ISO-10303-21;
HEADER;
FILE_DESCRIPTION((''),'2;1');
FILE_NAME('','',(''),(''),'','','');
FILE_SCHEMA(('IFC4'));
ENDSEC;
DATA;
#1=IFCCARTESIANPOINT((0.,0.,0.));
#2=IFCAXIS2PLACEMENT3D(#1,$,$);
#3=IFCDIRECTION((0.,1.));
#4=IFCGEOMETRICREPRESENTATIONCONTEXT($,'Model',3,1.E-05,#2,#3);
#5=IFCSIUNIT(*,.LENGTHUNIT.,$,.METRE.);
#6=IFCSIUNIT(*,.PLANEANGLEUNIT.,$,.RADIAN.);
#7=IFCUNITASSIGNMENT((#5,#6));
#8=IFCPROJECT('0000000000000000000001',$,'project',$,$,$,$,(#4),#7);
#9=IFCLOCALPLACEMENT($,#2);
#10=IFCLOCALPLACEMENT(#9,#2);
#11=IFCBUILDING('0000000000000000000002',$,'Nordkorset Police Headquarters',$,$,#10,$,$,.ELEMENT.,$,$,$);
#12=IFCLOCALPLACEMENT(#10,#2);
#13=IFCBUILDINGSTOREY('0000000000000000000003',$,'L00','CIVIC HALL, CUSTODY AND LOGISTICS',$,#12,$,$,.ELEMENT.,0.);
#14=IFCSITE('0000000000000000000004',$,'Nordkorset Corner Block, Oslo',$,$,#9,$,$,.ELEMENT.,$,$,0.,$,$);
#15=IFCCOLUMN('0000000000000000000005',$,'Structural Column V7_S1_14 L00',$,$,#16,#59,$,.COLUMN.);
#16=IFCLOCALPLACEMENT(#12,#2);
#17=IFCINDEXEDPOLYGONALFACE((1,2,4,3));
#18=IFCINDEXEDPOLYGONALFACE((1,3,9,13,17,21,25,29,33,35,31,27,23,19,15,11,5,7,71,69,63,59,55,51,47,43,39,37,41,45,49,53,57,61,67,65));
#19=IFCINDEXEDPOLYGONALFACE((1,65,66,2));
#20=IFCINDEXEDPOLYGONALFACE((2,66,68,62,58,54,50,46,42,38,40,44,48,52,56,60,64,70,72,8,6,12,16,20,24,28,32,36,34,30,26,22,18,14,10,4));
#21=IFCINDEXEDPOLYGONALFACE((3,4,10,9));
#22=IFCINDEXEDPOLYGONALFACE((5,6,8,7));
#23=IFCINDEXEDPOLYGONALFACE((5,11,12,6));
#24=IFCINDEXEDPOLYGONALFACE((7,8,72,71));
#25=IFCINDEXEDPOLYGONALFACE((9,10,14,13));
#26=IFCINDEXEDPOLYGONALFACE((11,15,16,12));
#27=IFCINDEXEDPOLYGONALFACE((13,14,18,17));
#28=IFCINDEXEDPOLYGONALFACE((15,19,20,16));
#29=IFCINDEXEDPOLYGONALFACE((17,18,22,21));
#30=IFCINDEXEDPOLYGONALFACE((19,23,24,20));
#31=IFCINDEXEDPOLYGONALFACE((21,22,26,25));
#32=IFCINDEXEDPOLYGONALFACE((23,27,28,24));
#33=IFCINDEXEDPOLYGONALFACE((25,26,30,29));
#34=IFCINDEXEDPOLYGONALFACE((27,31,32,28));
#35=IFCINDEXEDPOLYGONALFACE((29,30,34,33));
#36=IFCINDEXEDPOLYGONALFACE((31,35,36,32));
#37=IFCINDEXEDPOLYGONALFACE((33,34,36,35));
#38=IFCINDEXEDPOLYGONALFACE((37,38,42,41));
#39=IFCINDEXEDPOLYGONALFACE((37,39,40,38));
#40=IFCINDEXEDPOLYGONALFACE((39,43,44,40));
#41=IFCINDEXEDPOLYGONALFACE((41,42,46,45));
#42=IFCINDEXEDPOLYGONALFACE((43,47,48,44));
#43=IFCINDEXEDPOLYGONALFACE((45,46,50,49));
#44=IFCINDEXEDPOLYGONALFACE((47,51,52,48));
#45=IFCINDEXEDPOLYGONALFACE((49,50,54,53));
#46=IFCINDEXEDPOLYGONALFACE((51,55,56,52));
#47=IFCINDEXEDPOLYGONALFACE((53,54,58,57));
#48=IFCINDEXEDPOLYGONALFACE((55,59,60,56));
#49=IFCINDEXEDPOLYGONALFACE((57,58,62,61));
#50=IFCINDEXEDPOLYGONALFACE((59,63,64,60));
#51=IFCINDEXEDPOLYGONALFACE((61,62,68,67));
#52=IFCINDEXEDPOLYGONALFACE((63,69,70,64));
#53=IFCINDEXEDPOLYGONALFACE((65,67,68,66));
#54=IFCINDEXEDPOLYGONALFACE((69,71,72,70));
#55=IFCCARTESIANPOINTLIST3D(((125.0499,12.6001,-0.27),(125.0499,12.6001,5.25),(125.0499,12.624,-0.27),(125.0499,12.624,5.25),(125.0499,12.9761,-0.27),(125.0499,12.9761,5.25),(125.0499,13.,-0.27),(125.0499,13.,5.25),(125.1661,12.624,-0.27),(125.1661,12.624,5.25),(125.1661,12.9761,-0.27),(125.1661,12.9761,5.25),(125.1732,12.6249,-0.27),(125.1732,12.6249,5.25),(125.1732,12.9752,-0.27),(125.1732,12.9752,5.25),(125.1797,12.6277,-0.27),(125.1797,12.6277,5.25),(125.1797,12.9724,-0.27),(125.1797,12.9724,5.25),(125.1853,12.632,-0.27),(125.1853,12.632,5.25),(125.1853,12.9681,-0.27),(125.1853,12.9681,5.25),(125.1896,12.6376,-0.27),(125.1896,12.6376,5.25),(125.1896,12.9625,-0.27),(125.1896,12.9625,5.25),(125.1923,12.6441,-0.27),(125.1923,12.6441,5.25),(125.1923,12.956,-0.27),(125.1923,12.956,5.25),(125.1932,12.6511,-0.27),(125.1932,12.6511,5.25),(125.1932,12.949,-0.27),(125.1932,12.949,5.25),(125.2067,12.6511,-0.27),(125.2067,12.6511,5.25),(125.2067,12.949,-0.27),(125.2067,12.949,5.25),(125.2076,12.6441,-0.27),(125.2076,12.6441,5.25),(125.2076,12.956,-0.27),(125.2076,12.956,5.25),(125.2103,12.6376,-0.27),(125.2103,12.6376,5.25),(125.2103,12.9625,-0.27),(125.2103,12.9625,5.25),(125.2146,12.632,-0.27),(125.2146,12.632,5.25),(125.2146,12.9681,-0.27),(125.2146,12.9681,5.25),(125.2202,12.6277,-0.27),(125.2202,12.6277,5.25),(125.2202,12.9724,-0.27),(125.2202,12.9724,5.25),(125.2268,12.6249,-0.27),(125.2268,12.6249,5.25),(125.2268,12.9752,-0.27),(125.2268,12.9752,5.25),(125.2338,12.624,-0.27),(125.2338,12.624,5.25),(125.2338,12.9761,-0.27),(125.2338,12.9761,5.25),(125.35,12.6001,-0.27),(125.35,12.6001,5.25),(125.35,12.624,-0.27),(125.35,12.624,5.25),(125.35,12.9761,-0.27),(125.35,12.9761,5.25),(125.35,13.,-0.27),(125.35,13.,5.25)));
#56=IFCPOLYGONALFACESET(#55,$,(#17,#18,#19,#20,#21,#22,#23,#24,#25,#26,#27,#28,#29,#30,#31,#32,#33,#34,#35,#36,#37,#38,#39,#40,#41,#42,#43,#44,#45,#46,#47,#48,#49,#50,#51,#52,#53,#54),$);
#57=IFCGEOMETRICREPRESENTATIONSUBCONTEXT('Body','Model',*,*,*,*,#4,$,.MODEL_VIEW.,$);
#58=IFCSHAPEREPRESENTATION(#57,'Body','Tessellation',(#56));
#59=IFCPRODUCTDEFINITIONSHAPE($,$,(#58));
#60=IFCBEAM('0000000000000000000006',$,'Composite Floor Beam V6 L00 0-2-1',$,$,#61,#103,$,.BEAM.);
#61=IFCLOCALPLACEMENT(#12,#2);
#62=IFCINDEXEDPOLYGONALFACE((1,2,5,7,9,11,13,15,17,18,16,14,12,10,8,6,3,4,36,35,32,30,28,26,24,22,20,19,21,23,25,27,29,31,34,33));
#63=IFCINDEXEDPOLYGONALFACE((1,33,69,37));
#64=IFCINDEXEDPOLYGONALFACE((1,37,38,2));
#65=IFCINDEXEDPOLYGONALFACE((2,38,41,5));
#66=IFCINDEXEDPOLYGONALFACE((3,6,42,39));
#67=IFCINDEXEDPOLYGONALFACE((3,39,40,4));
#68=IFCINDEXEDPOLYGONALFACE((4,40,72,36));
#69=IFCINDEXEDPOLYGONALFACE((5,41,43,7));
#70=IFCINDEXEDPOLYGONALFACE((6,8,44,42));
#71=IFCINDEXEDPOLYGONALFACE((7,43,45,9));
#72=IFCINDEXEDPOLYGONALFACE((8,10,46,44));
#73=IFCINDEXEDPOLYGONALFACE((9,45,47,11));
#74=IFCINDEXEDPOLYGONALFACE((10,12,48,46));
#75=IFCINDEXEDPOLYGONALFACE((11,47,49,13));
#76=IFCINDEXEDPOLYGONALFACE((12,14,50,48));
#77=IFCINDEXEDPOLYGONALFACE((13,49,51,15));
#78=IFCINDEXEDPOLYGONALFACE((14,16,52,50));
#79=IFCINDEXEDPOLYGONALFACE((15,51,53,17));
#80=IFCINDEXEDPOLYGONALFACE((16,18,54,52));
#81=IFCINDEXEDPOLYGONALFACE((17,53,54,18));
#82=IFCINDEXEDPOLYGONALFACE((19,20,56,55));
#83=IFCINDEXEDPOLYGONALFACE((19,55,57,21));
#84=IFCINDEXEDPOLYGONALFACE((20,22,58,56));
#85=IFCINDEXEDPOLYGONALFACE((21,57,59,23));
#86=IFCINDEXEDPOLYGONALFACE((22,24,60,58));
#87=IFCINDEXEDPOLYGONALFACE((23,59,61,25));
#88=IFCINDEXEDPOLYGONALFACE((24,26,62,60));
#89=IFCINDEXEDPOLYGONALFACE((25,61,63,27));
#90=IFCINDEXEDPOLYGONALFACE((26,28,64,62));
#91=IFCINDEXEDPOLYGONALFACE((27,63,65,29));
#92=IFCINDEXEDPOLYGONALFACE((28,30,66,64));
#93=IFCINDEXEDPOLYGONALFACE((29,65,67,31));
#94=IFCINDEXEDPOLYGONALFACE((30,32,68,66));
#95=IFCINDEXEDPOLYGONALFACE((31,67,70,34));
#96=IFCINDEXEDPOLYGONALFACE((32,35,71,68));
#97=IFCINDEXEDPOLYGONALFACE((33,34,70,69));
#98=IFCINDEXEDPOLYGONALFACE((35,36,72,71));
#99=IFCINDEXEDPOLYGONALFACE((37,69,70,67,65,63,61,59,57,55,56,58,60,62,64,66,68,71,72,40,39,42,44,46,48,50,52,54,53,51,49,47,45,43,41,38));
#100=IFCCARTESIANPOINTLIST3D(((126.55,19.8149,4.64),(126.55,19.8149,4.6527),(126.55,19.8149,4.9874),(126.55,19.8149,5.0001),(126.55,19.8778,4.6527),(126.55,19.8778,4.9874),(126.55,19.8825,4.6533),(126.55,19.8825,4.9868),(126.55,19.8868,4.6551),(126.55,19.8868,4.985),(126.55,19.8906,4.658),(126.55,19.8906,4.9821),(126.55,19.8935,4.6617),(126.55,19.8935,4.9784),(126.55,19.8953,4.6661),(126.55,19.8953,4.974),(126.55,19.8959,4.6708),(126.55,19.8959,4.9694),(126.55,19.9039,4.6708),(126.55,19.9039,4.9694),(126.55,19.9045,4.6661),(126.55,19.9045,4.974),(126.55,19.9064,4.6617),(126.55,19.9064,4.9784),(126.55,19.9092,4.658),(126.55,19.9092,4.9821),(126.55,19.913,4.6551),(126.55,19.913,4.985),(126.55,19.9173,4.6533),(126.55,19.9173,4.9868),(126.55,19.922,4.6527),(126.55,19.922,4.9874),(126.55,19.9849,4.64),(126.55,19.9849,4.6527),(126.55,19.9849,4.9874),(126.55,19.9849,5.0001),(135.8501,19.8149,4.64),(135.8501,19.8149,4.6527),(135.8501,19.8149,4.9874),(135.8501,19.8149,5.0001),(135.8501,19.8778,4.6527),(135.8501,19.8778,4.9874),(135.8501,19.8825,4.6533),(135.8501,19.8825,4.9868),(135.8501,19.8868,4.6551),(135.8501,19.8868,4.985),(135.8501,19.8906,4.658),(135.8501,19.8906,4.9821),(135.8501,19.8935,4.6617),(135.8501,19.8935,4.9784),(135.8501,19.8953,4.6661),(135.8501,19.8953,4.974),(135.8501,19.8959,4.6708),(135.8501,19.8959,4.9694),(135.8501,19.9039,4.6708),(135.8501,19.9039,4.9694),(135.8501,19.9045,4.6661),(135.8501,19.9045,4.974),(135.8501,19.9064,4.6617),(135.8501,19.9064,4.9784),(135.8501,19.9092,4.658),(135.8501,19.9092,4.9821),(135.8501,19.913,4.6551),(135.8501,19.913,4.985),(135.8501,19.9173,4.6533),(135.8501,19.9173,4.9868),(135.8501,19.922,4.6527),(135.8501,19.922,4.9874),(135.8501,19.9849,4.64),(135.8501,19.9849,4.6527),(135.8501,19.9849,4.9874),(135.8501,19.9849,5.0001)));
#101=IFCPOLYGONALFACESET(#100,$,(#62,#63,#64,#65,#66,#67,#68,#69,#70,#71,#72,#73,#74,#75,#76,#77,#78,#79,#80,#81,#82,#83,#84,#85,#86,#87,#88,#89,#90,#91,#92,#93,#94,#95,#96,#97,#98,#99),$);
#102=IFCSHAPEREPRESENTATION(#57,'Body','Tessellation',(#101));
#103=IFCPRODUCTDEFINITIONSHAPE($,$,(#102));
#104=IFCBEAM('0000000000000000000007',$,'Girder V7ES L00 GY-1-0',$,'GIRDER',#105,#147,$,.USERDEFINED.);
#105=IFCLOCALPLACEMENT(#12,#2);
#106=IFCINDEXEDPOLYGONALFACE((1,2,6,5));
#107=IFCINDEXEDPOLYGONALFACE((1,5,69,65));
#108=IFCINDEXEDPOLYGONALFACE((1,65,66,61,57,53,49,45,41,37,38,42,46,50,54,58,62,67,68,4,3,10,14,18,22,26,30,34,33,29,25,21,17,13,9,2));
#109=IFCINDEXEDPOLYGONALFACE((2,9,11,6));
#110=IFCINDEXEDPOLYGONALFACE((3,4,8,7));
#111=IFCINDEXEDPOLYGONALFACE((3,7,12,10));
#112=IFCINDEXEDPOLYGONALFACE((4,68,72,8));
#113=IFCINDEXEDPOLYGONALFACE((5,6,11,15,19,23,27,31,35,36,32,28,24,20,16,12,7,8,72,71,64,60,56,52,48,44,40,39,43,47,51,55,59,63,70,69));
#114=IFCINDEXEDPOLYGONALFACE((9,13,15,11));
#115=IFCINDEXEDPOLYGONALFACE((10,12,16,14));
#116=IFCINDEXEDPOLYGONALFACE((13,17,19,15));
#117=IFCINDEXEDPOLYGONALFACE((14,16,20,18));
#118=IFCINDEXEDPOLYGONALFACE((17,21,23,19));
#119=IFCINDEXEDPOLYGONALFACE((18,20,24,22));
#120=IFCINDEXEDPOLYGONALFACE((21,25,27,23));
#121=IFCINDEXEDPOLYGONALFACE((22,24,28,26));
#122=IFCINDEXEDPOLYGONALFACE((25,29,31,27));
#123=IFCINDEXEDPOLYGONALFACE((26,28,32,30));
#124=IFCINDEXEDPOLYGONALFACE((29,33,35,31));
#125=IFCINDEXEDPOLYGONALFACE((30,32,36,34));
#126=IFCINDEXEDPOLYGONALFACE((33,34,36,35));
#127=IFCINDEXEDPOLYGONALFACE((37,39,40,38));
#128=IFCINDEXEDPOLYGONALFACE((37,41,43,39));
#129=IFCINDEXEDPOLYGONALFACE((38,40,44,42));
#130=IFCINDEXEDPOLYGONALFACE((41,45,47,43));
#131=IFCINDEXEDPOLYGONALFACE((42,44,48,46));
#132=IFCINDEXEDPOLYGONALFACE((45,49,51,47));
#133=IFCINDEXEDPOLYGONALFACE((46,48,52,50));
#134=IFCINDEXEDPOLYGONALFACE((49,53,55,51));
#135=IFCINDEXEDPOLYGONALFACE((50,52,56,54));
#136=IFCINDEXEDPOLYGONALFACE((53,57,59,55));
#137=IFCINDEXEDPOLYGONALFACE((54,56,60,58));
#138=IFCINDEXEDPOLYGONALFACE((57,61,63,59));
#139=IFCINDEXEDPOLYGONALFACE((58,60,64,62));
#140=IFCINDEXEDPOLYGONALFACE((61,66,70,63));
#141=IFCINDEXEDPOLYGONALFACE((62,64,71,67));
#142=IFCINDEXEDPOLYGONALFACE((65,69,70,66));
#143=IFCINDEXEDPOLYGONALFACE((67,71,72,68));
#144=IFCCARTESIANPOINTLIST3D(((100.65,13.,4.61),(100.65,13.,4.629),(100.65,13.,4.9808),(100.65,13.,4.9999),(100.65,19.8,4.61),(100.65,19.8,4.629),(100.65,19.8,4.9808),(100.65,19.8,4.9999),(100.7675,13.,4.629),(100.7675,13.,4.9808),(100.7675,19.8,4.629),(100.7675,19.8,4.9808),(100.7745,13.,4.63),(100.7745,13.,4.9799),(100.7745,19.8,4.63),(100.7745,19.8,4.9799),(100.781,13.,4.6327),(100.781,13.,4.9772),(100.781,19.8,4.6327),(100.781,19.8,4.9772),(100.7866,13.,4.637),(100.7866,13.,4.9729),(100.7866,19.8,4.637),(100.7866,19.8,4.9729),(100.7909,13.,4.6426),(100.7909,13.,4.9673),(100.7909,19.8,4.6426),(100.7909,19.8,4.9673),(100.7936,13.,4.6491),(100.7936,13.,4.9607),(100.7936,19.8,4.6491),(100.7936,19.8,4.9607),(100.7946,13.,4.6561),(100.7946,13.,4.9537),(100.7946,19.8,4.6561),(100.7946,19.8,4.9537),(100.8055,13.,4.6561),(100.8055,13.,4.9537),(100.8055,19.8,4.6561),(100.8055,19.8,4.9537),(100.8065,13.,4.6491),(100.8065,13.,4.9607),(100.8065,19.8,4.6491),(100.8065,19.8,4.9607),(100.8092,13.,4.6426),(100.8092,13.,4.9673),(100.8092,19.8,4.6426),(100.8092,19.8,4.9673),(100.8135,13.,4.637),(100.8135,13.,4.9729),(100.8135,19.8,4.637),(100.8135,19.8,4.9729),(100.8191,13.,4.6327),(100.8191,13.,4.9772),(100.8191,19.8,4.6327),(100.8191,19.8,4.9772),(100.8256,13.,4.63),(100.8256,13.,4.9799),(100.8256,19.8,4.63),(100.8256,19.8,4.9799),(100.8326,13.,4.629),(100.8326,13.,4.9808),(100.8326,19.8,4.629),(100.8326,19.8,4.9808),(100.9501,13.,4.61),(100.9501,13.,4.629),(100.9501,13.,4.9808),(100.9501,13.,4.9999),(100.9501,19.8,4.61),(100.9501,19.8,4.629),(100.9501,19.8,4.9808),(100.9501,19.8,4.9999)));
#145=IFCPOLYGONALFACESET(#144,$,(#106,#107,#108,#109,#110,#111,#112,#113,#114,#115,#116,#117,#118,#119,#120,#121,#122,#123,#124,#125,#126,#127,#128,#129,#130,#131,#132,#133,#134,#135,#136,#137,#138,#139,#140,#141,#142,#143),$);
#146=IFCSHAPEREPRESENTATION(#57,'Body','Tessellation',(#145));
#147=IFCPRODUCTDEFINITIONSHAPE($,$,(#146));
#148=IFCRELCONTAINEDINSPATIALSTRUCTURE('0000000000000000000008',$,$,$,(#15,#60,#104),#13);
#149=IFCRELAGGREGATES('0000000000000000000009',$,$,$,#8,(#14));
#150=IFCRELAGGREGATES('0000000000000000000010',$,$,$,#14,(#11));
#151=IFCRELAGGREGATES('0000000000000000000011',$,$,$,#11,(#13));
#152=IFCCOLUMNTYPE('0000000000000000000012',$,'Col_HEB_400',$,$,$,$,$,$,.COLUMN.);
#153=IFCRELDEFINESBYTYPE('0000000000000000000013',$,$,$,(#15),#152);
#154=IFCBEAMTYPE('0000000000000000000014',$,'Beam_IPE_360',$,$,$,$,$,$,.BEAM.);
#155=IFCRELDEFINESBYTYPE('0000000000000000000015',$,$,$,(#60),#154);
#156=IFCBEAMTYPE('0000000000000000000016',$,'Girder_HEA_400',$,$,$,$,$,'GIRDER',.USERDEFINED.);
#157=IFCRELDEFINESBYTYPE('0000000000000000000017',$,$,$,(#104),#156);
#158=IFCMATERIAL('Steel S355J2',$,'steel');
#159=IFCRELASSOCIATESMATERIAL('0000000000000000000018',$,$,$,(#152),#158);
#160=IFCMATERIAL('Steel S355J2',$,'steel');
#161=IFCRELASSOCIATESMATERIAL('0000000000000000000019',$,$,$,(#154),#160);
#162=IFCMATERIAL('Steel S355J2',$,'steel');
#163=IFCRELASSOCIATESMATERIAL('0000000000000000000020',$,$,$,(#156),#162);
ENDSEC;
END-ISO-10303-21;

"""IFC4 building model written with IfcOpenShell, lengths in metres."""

from ifc_helpers import new_model, si_unit, direction, frame, origin, origin_2d, place, context, subcontext, project, spatial, i_section, extrude, material, material_profile, profile_set, type_object, element, save


model = new_model("IFC4")

# Units and contexts
model_context = context("Model", 3, precision=1e-05, world=origin(), true_north=direction((0.0, 1.0)))
body_context = subcontext(model_context, "Body", "Model", "MODEL_VIEW")
ifc_project = project(units=[si_unit("LENGTHUNIT", "METRE"), si_unit("PLANEANGLEUNIT", "RADIAN")], contexts=[model_context])

# Site, building, storey
site_placement = place(None, origin())
site = spatial("IfcSite", under=ifc_project, at=site_placement, Name="Nordkorset Corner Block, Oslo", CompositionType="ELEMENT", RefElevation=0.0)
building_placement = place(site_placement, origin())
building = spatial("IfcBuilding", under=site, at=building_placement, Name="Nordkorset Police Headquarters", CompositionType="ELEMENT")
storey_placement = place(building_placement, origin())
storey = spatial("IfcBuildingStorey", under=building, at=storey_placement, Name="L00", Description="CIVIC HALL, CUSTODY AND LOGISTICS", CompositionType="ELEMENT", Elevation=0.0)

# Column
ifc_material_1 = material(Name="Steel S355J2", Category="steel")
ifc_material_profile_1 = material_profile(ifc_material_1, i_section(OverallWidth=0.3, OverallDepth=0.3999, WebThickness=0.0134, FlangeThickness=0.0239, FilletRadius=0.0271, at=origin_2d()), Name="HEB 400")
ifc_profile_set_1 = profile_set([ifc_material_profile_1], Name="Steel S355J2")
column_type = type_object("IfcColumnType", Name="Col_HEB_400", PredefinedType="COLUMN", material=ifc_profile_set_1)
for number, where, z_axis, x_axis, name in (
    (1, (125.2, 12.8, -0.27), (0.0, 0.0, 1.0), (1.0, 0.0, 0.0), "Structural Column V7_S1_14 L00"),
):
    element("IfcColumn", number, at=place(storey_placement, frame(where, z_axis=z_axis, x_axis=x_axis)), inside=storey, type_object=column_type, Name=name, PredefinedType="COLUMN", context=body_context, shape_type="SweptSolid", body=[
        extrude(i_section(OverallWidth=0.3, OverallDepth=0.3999, WebThickness=0.0134, FlangeThickness=0.0239, FilletRadius=0.0271, at=origin_2d()), origin(), (0.0, 0.0, 1.0), 5.52),
    ])

# Beams
ifc_material_2 = material(Name="Steel S355J2", Category="steel")
ifc_material_profile_2 = material_profile(ifc_material_2, i_section(OverallWidth=0.1699, OverallDepth=0.3601, WebThickness=0.0081, FlangeThickness=0.0127, FilletRadius=0.0181, at=origin_2d()), Name="IPE 360")
ifc_profile_set_2 = profile_set([ifc_material_profile_2], Name="Steel S355J2")
beam_type_1 = type_object("IfcBeamType", Name="Beam_IPE_360", PredefinedType="BEAM", material=ifc_profile_set_2)
beam_1_placement = place(storey_placement, frame((126.55, 19.8999, 4.8201), z_axis=(1.0, 0.0, 0.0), x_axis=(0.0, 1.0, 0.0)))
element("IfcBeam", 2, at=beam_1_placement, inside=storey, type_object=beam_type_1, Name="Composite Floor Beam V6 L00 0-2-1", PredefinedType="BEAM", context=body_context, shape_type="SweptSolid", body=[
    extrude(i_section(OverallWidth=0.1699, OverallDepth=0.3601, WebThickness=0.0081, FlangeThickness=0.0127, FilletRadius=0.0181, at=origin_2d()), origin(), (0.0, 0.0, 1.0), 9.3),
])
ifc_material_3 = material(Name="Steel S355J2", Category="steel")
ifc_material_profile_3 = material_profile(ifc_material_3, i_section(OverallWidth=0.3, OverallDepth=0.3899, WebThickness=0.011, FlangeThickness=0.019, FilletRadius=0.0271, at=origin_2d()), Name="HEA 400")
ifc_profile_set_3 = profile_set([ifc_material_profile_3], Name="Steel S355J2")
beam_type_2 = type_object("IfcBeamType", Name="Girder_HEA_400", ElementType="GIRDER", PredefinedType="USERDEFINED", material=ifc_profile_set_3)
beam_2_placement = place(storey_placement, frame((100.8, 13.0, 4.8049), z_axis=(0.0, 1.0, 0.0), x_axis=(-1.0, 0.0, 0.0)))
element("IfcBeam", 3, at=beam_2_placement, inside=storey, type_object=beam_type_2, Name="Girder V7ES L00 GY-1-0", ObjectType="GIRDER", PredefinedType="USERDEFINED", context=body_context, shape_type="SweptSolid", body=[
    extrude(i_section(OverallWidth=0.3, OverallDepth=0.3899, WebThickness=0.011, FlangeThickness=0.019, FilletRadius=0.0271, at=origin_2d()), origin(), (0.0, 0.0, 1.0), 6.8),
])

save(model, "model.ifc")
